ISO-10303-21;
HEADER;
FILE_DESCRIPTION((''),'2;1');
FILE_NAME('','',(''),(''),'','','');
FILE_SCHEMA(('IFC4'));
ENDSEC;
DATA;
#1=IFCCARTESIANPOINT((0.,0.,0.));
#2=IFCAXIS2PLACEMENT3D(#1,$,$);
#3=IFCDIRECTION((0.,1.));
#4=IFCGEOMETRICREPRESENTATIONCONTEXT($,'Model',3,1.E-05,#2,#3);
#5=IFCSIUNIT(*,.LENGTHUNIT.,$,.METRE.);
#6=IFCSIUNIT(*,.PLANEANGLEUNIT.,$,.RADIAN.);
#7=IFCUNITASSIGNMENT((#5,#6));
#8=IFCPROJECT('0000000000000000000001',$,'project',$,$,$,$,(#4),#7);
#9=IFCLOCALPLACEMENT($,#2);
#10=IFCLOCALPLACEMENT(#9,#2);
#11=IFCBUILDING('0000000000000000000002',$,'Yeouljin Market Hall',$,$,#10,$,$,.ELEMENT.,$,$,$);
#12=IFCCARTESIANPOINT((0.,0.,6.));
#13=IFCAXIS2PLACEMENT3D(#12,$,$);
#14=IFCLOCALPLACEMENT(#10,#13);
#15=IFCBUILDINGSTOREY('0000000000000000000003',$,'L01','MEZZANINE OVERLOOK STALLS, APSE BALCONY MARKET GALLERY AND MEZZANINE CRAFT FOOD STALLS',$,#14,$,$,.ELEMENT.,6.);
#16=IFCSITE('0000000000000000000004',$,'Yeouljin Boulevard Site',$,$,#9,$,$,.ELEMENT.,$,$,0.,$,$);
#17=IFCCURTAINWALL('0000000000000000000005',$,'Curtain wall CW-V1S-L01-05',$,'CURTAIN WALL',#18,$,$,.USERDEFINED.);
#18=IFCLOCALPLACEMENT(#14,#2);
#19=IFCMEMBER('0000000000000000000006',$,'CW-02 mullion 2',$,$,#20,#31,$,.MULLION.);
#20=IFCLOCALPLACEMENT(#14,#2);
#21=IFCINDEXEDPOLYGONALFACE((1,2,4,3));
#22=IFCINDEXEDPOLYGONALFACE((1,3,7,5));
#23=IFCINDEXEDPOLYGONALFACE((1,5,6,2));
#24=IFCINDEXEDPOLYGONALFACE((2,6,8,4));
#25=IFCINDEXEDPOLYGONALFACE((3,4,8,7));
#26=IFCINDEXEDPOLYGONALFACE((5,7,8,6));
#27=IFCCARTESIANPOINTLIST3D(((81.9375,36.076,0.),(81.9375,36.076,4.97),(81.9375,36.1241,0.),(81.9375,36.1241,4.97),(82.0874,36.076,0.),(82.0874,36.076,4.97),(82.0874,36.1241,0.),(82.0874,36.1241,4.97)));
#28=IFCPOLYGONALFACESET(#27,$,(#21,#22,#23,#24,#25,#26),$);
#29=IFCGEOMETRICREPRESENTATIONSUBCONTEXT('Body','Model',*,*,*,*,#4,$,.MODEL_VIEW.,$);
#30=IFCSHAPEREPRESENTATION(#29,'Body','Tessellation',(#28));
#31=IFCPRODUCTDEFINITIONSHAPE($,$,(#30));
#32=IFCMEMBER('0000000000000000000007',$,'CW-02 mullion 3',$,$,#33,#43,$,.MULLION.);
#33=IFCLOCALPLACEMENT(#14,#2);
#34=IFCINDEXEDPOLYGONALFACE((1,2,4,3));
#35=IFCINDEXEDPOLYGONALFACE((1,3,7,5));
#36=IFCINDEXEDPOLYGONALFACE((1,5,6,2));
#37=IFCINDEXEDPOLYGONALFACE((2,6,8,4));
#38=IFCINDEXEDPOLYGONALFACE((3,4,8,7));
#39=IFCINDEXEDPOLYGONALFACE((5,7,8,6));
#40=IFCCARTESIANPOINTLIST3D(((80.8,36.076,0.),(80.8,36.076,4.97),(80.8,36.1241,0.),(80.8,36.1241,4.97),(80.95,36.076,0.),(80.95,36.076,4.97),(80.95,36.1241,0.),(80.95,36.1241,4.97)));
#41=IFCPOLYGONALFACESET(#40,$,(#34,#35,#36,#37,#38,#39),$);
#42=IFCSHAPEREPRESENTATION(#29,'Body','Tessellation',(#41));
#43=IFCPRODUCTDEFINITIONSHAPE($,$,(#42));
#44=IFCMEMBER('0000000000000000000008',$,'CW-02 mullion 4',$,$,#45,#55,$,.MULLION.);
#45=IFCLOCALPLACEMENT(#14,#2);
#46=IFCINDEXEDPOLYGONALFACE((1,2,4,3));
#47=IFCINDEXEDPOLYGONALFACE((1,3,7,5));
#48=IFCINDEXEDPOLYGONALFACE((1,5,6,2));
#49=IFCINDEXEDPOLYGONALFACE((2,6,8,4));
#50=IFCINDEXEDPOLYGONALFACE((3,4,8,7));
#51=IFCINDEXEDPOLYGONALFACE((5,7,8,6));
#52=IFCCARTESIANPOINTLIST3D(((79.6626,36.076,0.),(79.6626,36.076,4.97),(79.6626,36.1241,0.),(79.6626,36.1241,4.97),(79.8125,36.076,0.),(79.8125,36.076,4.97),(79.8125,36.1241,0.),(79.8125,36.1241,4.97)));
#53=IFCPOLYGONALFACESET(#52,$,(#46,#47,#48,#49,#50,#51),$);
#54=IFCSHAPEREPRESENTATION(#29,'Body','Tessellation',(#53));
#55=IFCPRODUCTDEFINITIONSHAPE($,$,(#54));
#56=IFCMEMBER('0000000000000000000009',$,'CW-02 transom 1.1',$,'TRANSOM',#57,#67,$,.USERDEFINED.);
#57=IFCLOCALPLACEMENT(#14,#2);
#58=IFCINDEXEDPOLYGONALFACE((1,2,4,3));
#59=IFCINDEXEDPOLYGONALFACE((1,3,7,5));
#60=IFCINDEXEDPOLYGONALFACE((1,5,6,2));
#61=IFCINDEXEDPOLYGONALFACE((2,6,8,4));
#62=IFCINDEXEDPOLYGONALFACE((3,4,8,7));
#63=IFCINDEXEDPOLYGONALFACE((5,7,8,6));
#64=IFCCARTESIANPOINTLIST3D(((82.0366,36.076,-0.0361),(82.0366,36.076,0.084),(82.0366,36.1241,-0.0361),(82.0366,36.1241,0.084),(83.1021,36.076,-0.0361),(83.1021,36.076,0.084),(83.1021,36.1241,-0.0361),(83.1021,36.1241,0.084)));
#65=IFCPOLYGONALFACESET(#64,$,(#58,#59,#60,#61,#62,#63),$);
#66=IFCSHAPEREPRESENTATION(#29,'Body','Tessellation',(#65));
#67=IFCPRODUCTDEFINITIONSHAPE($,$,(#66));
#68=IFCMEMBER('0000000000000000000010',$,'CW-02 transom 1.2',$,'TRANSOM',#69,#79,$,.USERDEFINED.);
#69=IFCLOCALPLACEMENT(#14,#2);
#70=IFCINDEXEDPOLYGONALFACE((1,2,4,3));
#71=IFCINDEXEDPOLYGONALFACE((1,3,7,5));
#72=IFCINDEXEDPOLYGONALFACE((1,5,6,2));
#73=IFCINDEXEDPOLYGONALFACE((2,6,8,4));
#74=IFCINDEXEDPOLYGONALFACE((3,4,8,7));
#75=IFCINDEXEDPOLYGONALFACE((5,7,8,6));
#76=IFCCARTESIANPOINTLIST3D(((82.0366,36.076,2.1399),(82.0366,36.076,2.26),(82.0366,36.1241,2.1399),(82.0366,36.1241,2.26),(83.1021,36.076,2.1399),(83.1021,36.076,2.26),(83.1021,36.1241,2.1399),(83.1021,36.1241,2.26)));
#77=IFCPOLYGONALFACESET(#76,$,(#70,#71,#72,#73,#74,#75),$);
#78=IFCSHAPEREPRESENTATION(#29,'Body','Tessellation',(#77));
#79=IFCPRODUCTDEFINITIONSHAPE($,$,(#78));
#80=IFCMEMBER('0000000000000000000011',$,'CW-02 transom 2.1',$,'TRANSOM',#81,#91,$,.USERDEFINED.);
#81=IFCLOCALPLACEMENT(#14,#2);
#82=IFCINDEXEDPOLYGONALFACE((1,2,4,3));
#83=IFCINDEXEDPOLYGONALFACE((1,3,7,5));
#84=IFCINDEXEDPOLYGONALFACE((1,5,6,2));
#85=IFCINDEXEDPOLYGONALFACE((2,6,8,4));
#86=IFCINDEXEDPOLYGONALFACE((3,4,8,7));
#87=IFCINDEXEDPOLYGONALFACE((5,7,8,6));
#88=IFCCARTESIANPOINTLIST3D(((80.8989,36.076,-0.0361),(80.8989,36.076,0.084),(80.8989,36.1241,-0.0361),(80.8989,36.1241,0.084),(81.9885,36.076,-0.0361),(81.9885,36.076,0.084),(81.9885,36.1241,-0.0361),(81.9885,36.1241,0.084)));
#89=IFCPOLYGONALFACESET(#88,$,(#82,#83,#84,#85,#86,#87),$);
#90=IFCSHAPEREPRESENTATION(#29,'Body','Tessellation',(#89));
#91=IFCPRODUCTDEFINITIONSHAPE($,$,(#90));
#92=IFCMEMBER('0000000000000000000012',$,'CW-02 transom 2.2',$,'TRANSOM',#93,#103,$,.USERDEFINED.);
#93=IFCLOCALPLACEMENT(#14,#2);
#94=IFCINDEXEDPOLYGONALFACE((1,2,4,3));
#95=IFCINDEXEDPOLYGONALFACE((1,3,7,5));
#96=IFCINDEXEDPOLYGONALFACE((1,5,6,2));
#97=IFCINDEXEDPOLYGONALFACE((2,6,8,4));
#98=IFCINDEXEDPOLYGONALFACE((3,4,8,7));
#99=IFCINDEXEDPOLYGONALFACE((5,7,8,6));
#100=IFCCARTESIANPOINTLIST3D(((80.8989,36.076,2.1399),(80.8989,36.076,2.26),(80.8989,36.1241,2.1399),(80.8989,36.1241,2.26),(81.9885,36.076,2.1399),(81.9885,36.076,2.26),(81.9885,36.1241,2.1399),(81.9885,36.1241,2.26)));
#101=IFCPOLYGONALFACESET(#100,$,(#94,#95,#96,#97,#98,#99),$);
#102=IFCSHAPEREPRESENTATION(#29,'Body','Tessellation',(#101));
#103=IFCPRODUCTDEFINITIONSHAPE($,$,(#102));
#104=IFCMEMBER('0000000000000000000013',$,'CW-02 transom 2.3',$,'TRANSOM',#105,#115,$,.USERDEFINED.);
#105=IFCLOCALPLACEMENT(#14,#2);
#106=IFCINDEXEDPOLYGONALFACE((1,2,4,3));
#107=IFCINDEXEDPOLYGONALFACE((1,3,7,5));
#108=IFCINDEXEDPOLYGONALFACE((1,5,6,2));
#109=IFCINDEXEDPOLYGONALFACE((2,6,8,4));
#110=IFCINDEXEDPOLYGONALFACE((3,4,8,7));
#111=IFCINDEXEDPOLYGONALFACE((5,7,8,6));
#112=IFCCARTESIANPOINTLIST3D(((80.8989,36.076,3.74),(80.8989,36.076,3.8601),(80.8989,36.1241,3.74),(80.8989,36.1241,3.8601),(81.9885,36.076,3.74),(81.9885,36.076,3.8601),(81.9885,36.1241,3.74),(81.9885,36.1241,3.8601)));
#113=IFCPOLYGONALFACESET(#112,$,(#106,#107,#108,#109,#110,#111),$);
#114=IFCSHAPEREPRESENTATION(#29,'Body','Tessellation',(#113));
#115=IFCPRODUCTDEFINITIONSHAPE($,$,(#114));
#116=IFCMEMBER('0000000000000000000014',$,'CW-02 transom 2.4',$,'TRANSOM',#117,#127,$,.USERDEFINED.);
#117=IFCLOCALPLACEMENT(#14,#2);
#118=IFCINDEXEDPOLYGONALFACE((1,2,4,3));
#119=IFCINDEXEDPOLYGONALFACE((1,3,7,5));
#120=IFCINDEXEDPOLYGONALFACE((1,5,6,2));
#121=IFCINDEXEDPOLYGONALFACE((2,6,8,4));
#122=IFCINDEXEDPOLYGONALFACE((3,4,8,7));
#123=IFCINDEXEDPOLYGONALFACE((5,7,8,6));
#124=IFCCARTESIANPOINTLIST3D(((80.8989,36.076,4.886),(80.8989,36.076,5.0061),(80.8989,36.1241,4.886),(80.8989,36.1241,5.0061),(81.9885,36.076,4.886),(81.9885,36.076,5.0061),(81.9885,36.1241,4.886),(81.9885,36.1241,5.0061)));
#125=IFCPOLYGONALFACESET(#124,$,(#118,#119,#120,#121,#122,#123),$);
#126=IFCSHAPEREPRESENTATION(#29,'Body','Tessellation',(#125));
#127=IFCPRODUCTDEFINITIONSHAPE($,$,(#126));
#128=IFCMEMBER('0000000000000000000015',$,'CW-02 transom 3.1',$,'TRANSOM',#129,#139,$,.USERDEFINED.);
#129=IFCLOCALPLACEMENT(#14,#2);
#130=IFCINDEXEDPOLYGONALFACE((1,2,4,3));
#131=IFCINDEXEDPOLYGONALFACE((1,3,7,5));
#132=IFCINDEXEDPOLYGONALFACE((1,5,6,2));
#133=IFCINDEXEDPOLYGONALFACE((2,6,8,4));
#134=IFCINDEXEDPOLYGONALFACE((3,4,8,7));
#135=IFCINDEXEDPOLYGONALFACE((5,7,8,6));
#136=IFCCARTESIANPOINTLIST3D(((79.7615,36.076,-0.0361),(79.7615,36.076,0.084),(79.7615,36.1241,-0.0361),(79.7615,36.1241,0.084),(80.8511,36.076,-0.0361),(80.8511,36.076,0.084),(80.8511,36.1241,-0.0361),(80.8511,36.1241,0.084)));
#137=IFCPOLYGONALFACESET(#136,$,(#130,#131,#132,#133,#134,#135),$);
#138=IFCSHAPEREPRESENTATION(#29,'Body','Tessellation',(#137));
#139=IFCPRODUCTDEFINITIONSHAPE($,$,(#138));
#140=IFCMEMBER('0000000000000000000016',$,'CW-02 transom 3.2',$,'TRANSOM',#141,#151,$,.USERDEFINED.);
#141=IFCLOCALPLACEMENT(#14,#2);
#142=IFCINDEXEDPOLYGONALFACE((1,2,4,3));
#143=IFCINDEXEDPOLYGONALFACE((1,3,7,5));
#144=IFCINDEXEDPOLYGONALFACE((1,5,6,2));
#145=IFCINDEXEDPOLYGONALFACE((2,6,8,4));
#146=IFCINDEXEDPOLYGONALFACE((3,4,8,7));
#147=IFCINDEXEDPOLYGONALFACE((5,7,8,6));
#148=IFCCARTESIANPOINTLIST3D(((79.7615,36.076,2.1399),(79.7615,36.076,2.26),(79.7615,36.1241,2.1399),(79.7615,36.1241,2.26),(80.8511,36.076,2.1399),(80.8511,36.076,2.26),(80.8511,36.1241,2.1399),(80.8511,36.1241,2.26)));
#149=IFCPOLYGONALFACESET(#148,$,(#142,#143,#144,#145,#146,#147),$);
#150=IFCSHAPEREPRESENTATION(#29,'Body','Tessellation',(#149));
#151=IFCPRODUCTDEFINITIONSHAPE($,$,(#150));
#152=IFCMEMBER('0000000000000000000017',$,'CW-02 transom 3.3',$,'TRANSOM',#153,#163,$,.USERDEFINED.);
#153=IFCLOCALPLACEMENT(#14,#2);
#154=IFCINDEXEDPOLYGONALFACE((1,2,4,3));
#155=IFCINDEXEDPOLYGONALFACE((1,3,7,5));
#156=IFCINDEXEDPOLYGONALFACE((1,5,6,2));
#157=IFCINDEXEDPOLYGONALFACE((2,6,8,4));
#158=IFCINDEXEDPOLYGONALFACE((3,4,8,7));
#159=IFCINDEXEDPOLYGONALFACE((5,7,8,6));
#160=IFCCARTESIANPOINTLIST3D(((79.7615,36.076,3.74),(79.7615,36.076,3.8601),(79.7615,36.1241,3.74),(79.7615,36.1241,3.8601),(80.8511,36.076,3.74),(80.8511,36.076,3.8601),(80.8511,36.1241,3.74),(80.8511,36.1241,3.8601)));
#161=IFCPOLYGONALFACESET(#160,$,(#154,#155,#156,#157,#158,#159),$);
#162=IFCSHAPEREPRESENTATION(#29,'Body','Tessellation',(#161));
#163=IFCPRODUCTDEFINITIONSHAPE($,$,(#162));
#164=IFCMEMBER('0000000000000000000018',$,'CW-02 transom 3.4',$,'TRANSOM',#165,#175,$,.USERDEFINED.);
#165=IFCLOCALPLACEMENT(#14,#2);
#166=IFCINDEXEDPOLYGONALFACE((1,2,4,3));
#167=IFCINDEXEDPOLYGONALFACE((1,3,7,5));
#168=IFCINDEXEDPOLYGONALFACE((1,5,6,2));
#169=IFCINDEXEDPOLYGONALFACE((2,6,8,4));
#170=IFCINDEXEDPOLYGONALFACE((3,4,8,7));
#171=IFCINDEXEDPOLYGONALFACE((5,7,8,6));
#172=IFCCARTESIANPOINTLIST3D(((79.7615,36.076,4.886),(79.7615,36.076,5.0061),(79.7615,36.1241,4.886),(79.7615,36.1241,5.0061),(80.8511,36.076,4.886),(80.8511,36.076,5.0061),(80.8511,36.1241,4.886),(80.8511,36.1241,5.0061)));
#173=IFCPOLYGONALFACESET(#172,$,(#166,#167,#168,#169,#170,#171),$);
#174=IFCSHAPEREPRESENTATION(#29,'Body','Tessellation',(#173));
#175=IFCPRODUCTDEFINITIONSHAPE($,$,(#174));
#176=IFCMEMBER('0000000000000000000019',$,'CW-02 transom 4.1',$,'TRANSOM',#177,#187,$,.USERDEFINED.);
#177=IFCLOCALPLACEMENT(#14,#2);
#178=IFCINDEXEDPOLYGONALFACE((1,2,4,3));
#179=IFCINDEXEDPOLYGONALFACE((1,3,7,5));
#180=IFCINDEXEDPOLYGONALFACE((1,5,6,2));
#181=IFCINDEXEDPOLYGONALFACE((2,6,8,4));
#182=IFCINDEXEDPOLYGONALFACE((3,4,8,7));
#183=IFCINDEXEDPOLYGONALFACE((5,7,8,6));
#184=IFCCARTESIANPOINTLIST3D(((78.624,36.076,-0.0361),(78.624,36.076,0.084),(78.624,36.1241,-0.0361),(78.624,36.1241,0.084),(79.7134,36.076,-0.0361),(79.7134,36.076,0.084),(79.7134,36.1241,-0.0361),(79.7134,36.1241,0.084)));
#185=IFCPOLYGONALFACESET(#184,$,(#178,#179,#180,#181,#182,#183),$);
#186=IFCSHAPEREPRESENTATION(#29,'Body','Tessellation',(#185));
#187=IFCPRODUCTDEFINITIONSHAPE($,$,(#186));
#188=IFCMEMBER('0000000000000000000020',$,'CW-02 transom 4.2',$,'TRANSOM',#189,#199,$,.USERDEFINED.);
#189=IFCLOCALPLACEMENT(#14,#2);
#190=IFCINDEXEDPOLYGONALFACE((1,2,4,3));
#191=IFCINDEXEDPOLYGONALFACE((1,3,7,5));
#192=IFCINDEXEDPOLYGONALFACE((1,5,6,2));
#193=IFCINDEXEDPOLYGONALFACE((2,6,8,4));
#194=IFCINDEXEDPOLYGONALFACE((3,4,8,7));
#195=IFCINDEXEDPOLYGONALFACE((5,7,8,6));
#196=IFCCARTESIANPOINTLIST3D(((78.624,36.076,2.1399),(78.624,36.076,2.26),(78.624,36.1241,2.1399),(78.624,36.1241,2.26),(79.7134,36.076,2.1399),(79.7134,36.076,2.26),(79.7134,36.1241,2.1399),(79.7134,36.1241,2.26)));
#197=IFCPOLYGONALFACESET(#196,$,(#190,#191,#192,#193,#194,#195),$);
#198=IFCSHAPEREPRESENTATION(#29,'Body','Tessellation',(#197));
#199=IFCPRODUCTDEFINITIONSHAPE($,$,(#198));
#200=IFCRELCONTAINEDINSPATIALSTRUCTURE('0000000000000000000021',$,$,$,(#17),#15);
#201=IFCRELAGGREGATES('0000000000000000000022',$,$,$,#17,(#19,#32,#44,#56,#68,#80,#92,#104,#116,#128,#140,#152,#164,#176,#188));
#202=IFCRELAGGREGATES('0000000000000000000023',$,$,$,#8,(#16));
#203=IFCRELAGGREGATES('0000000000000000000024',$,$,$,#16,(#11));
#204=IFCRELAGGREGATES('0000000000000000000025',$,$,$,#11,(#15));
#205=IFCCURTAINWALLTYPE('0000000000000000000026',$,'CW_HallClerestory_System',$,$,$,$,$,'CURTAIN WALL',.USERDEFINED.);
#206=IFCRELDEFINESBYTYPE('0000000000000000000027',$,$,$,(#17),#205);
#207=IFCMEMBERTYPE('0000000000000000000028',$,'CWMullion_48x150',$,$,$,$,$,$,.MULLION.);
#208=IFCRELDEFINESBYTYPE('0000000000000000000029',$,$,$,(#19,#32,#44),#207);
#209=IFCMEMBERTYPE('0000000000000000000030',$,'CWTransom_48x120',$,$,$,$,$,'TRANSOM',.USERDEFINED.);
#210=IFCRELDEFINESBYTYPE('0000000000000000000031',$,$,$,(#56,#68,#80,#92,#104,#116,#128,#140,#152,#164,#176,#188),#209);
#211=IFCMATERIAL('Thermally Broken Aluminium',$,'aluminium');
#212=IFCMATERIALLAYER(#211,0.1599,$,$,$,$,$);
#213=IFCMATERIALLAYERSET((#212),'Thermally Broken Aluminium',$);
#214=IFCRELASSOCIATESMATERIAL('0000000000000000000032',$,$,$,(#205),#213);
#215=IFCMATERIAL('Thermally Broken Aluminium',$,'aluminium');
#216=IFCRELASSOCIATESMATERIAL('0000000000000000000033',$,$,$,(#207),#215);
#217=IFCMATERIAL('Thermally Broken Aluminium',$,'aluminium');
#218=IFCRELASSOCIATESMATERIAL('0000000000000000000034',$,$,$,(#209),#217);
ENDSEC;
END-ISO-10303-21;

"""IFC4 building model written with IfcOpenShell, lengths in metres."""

from ifc_helpers import new_model, si_unit, direction, frame, origin, origin_2d, place, context, subcontext, project, spatial, rectangle, extrude, material, layer, layer_set, material_profile, profile_set, type_object, element, aggregate, save


model = new_model("IFC4")

# Units and contexts
model_context = context("Model", 3, precision=1e-05, world=origin(), true_north=direction((0.0, 1.0)))
body_context = subcontext(model_context, "Body", "Model", "MODEL_VIEW")
ifc_project = project(units=[si_unit("LENGTHUNIT", "METRE"), si_unit("PLANEANGLEUNIT", "RADIAN")], contexts=[model_context])

# Site, building, storey
site_placement = place(None, origin())
site = spatial("IfcSite", under=ifc_project, at=site_placement, Name="Yeouljin Boulevard Site", CompositionType="ELEMENT", RefElevation=0.0)
building_placement = place(site_placement, origin())
building = spatial("IfcBuilding", under=site, at=building_placement, Name="Yeouljin Market Hall", CompositionType="ELEMENT")
storey_placement = place(building_placement, frame((0.0, 0.0, 6.0)))
storey = spatial("IfcBuildingStorey", under=building, at=storey_placement, Name="L01", Description="MEZZANINE OVERLOOK STALLS, APSE BALCONY MARKET GALLERY AND MEZZANINE CRAFT FOOD STALLS", CompositionType="ELEMENT", Elevation=6.0)

# Curtain wall, members
ifc_material_1 = material(Name="Thermally Broken Aluminium", Category="aluminium")
ifc_layer_1 = layer(ifc_material_1, 0.1599)
ifc_layer_set_1 = layer_set([ifc_layer_1], Name="Thermally Broken Aluminium")
curtain_wall_type = type_object("IfcCurtainWallType", Name="CW_HallClerestory_System", ElementType="CURTAIN WALL", PredefinedType="USERDEFINED", material=ifc_layer_set_1)
curtain_wall_placement = place(storey_placement, origin())
curtain_wall = element("IfcCurtainWall", 1, at=curtain_wall_placement, inside=storey, type_object=curtain_wall_type, Name="Curtain wall CW-V1S-L01-05", ObjectType="CURTAIN WALL", PredefinedType="USERDEFINED")
ifc_material_2 = material(Name="Thermally Broken Aluminium", Category="aluminium")
ifc_material_profile_1 = material_profile(ifc_material_2, rectangle(XDim=0.0481, YDim=0.1499, at=origin_2d()), Name="CW-MULL-48x150")
ifc_profile_set_1 = profile_set([ifc_material_profile_1], Name="Thermally Broken Aluminium")
member_type_1 = type_object("IfcMemberType", Name="CWMullion_48x150", PredefinedType="MULLION", material=ifc_profile_set_1)
member_1_placement = place(storey_placement, frame((82.0125, 36.1001, 0.0), z_axis=(0.0, 0.0, 1.0), x_axis=(0.0, -1.0, 0.0)))
member_1 = element("IfcMember", 2, at=member_1_placement, type_object=member_type_1, Name="CW-02 mullion 2", PredefinedType="MULLION", context=body_context, shape_type="SweptSolid", body=[
    extrude(rectangle(XDim=0.0481, YDim=0.1499, at=origin_2d()), origin(), (0.0, 0.0, 1.0), 4.97),
])
member_2_placement = place(storey_placement, frame((80.875, 36.1001, 0.0), z_axis=(0.0, 0.0, 1.0), x_axis=(0.0, -1.0, 0.0)))
member_2 = element("IfcMember", 3, at=member_2_placement, type_object=member_type_1, Name="CW-02 mullion 3", PredefinedType="MULLION", context=body_context, shape_type="SweptSolid", body=[
    extrude(rectangle(XDim=0.0481, YDim=0.1499, at=origin_2d()), origin(), (0.0, 0.0, 1.0), 4.97),
])
member_3_placement = place(storey_placement, frame((79.7375, 36.1001, 0.0), z_axis=(0.0, 0.0, 1.0), x_axis=(0.0, -1.0, 0.0)))
member_3 = element("IfcMember", 4, at=member_3_placement, type_object=member_type_1, Name="CW-02 mullion 4", PredefinedType="MULLION", context=body_context, shape_type="SweptSolid", body=[
    extrude(rectangle(XDim=0.0481, YDim=0.1499, at=origin_2d()), origin(), (0.0, 0.0, 1.0), 4.97),
])
ifc_material_3 = material(Name="Thermally Broken Aluminium", Category="aluminium")
ifc_material_profile_2 = material_profile(ifc_material_3, rectangle(XDim=0.0481, YDim=0.1201, at=origin_2d()), Name="CW-TRAN-48x120")
ifc_profile_set_2 = profile_set([ifc_material_profile_2], Name="Thermally Broken Aluminium")
member_type_2 = type_object("IfcMemberType", Name="CWTransom_48x120", ElementType="TRANSOM", PredefinedType="USERDEFINED", material=ifc_profile_set_2)
member_4_placement = place(storey_placement, frame((83.1021, 36.1001, 0.0239), z_axis=(-1.0, 0.0, 0.0), x_axis=(0.0, -1.0, 0.0)))
member_4 = element("IfcMember", 5, at=member_4_placement, type_object=member_type_2, Name="CW-02 transom 1.1", ObjectType="TRANSOM", PredefinedType="USERDEFINED", context=body_context, shape_type="SweptSolid", body=[
    extrude(rectangle(XDim=0.0481, YDim=0.1201, at=origin_2d()), origin(), (0.0, 0.0, 1.0), 1.0654),
])
member_5_placement = place(storey_placement, frame((83.1021, 36.1001, 2.2), z_axis=(-1.0, 0.0, 0.0), x_axis=(0.0, -1.0, 0.0)))
member_5 = element("IfcMember", 6, at=member_5_placement, type_object=member_type_2, Name="CW-02 transom 1.2", ObjectType="TRANSOM", PredefinedType="USERDEFINED", context=body_context, shape_type="SweptSolid", body=[
    extrude(rectangle(XDim=0.0481, YDim=0.1201, at=origin_2d()), origin(), (0.0, 0.0, 1.0), 1.0654),
])
member_6_placement = place(storey_placement, frame((81.9885, 36.1001, 0.0239), z_axis=(-1.0, 0.0, 0.0), x_axis=(0.0, -1.0, 0.0)))
member_6 = element("IfcMember", 7, at=member_6_placement, type_object=member_type_2, Name="CW-02 transom 2.1", ObjectType="TRANSOM", PredefinedType="USERDEFINED", context=body_context, shape_type="SweptSolid", body=[
    extrude(rectangle(XDim=0.0481, YDim=0.1201, at=origin_2d()), origin(), (0.0, 0.0, 1.0), 1.0896),
])
member_7_placement = place(storey_placement, frame((81.9885, 36.1001, 2.2), z_axis=(-1.0, 0.0, 0.0), x_axis=(0.0, -1.0, 0.0)))
member_7 = element("IfcMember", 8, at=member_7_placement, type_object=member_type_2, Name="CW-02 transom 2.2", ObjectType="TRANSOM", PredefinedType="USERDEFINED", context=body_context, shape_type="SweptSolid", body=[
    extrude(rectangle(XDim=0.0481, YDim=0.1201, at=origin_2d()), origin(), (0.0, 0.0, 1.0), 1.0896),
])
member_8_placement = place(storey_placement, frame((81.9885, 36.1001, 3.8), z_axis=(-1.0, 0.0, 0.0), x_axis=(0.0, -1.0, 0.0)))
member_8 = element("IfcMember", 9, at=member_8_placement, type_object=member_type_2, Name="CW-02 transom 2.3", ObjectType="TRANSOM", PredefinedType="USERDEFINED", context=body_context, shape_type="SweptSolid", body=[
    extrude(rectangle(XDim=0.0481, YDim=0.1201, at=origin_2d()), origin(), (0.0, 0.0, 1.0), 1.0896),
])
member_9_placement = place(storey_placement, frame((81.9885, 36.1001, 4.946), z_axis=(-1.0, 0.0, 0.0), x_axis=(0.0, -1.0, 0.0)))
member_9 = element("IfcMember", 10, at=member_9_placement, type_object=member_type_2, Name="CW-02 transom 2.4", ObjectType="TRANSOM", PredefinedType="USERDEFINED", context=body_context, shape_type="SweptSolid", body=[
    extrude(rectangle(XDim=0.0481, YDim=0.1201, at=origin_2d()), origin(), (0.0, 0.0, 1.0), 1.0896),
])
member_10_placement = place(storey_placement, frame((80.8511, 36.1001, 0.0239), z_axis=(-1.0, 0.0, 0.0), x_axis=(0.0, -1.0, 0.0)))
member_10 = element("IfcMember", 11, at=member_10_placement, type_object=member_type_2, Name="CW-02 transom 3.1", ObjectType="TRANSOM", PredefinedType="USERDEFINED", context=body_context, shape_type="SweptSolid", body=[
    extrude(rectangle(XDim=0.0481, YDim=0.1201, at=origin_2d()), origin(), (0.0, 0.0, 1.0), 1.0896),
])
member_11_placement = place(storey_placement, frame((80.8511, 36.1001, 2.2), z_axis=(-1.0, 0.0, 0.0), x_axis=(0.0, -1.0, 0.0)))
member_11 = element("IfcMember", 12, at=member_11_placement, type_object=member_type_2, Name="CW-02 transom 3.2", ObjectType="TRANSOM", PredefinedType="USERDEFINED", context=body_context, shape_type="SweptSolid", body=[
    extrude(rectangle(XDim=0.0481, YDim=0.1201, at=origin_2d()), origin(), (0.0, 0.0, 1.0), 1.0896),
])
member_12_placement = place(storey_placement, frame((80.8511, 36.1001, 3.8), z_axis=(-1.0, 0.0, 0.0), x_axis=(0.0, -1.0, 0.0)))
member_12 = element("IfcMember", 13, at=member_12_placement, type_object=member_type_2, Name="CW-02 transom 3.3", ObjectType="TRANSOM", PredefinedType="USERDEFINED", context=body_context, shape_type="SweptSolid", body=[
    extrude(rectangle(XDim=0.0481, YDim=0.1201, at=origin_2d()), origin(), (0.0, 0.0, 1.0), 1.0896),
])
member_13_placement = place(storey_placement, frame((80.8511, 36.1001, 4.946), z_axis=(-1.0, 0.0, 0.0), x_axis=(0.0, -1.0, 0.0)))
member_13 = element("IfcMember", 14, at=member_13_placement, type_object=member_type_2, Name="CW-02 transom 3.4", ObjectType="TRANSOM", PredefinedType="USERDEFINED", context=body_context, shape_type="SweptSolid", body=[
    extrude(rectangle(XDim=0.0481, YDim=0.1201, at=origin_2d()), origin(), (0.0, 0.0, 1.0), 1.0896),
])
member_14_placement = place(storey_placement, frame((79.7134, 36.1001, 0.0239), z_axis=(-1.0, 0.0, 0.0), x_axis=(0.0, -1.0, 0.0)))
member_14 = element("IfcMember", 15, at=member_14_placement, type_object=member_type_2, Name="CW-02 transom 4.1", ObjectType="TRANSOM", PredefinedType="USERDEFINED", context=body_context, shape_type="SweptSolid", body=[
    extrude(rectangle(XDim=0.0481, YDim=0.1201, at=origin_2d()), origin(), (0.0, 0.0, 1.0), 1.0894),
])
member_15_placement = place(storey_placement, frame((79.7134, 36.1001, 2.2), z_axis=(-1.0, 0.0, 0.0), x_axis=(0.0, -1.0, 0.0)))
member_15 = element("IfcMember", 16, at=member_15_placement, type_object=member_type_2, Name="CW-02 transom 4.2", ObjectType="TRANSOM", PredefinedType="USERDEFINED", context=body_context, shape_type="SweptSolid", body=[
    extrude(rectangle(XDim=0.0481, YDim=0.1201, at=origin_2d()), origin(), (0.0, 0.0, 1.0), 1.0894),
])
aggregate(curtain_wall, [member_1, member_2, member_3, member_4, member_5, member_6, member_7, member_8, member_9, member_10, member_11, member_12, member_13, member_14, member_15])

save(model, "model.ifc")
